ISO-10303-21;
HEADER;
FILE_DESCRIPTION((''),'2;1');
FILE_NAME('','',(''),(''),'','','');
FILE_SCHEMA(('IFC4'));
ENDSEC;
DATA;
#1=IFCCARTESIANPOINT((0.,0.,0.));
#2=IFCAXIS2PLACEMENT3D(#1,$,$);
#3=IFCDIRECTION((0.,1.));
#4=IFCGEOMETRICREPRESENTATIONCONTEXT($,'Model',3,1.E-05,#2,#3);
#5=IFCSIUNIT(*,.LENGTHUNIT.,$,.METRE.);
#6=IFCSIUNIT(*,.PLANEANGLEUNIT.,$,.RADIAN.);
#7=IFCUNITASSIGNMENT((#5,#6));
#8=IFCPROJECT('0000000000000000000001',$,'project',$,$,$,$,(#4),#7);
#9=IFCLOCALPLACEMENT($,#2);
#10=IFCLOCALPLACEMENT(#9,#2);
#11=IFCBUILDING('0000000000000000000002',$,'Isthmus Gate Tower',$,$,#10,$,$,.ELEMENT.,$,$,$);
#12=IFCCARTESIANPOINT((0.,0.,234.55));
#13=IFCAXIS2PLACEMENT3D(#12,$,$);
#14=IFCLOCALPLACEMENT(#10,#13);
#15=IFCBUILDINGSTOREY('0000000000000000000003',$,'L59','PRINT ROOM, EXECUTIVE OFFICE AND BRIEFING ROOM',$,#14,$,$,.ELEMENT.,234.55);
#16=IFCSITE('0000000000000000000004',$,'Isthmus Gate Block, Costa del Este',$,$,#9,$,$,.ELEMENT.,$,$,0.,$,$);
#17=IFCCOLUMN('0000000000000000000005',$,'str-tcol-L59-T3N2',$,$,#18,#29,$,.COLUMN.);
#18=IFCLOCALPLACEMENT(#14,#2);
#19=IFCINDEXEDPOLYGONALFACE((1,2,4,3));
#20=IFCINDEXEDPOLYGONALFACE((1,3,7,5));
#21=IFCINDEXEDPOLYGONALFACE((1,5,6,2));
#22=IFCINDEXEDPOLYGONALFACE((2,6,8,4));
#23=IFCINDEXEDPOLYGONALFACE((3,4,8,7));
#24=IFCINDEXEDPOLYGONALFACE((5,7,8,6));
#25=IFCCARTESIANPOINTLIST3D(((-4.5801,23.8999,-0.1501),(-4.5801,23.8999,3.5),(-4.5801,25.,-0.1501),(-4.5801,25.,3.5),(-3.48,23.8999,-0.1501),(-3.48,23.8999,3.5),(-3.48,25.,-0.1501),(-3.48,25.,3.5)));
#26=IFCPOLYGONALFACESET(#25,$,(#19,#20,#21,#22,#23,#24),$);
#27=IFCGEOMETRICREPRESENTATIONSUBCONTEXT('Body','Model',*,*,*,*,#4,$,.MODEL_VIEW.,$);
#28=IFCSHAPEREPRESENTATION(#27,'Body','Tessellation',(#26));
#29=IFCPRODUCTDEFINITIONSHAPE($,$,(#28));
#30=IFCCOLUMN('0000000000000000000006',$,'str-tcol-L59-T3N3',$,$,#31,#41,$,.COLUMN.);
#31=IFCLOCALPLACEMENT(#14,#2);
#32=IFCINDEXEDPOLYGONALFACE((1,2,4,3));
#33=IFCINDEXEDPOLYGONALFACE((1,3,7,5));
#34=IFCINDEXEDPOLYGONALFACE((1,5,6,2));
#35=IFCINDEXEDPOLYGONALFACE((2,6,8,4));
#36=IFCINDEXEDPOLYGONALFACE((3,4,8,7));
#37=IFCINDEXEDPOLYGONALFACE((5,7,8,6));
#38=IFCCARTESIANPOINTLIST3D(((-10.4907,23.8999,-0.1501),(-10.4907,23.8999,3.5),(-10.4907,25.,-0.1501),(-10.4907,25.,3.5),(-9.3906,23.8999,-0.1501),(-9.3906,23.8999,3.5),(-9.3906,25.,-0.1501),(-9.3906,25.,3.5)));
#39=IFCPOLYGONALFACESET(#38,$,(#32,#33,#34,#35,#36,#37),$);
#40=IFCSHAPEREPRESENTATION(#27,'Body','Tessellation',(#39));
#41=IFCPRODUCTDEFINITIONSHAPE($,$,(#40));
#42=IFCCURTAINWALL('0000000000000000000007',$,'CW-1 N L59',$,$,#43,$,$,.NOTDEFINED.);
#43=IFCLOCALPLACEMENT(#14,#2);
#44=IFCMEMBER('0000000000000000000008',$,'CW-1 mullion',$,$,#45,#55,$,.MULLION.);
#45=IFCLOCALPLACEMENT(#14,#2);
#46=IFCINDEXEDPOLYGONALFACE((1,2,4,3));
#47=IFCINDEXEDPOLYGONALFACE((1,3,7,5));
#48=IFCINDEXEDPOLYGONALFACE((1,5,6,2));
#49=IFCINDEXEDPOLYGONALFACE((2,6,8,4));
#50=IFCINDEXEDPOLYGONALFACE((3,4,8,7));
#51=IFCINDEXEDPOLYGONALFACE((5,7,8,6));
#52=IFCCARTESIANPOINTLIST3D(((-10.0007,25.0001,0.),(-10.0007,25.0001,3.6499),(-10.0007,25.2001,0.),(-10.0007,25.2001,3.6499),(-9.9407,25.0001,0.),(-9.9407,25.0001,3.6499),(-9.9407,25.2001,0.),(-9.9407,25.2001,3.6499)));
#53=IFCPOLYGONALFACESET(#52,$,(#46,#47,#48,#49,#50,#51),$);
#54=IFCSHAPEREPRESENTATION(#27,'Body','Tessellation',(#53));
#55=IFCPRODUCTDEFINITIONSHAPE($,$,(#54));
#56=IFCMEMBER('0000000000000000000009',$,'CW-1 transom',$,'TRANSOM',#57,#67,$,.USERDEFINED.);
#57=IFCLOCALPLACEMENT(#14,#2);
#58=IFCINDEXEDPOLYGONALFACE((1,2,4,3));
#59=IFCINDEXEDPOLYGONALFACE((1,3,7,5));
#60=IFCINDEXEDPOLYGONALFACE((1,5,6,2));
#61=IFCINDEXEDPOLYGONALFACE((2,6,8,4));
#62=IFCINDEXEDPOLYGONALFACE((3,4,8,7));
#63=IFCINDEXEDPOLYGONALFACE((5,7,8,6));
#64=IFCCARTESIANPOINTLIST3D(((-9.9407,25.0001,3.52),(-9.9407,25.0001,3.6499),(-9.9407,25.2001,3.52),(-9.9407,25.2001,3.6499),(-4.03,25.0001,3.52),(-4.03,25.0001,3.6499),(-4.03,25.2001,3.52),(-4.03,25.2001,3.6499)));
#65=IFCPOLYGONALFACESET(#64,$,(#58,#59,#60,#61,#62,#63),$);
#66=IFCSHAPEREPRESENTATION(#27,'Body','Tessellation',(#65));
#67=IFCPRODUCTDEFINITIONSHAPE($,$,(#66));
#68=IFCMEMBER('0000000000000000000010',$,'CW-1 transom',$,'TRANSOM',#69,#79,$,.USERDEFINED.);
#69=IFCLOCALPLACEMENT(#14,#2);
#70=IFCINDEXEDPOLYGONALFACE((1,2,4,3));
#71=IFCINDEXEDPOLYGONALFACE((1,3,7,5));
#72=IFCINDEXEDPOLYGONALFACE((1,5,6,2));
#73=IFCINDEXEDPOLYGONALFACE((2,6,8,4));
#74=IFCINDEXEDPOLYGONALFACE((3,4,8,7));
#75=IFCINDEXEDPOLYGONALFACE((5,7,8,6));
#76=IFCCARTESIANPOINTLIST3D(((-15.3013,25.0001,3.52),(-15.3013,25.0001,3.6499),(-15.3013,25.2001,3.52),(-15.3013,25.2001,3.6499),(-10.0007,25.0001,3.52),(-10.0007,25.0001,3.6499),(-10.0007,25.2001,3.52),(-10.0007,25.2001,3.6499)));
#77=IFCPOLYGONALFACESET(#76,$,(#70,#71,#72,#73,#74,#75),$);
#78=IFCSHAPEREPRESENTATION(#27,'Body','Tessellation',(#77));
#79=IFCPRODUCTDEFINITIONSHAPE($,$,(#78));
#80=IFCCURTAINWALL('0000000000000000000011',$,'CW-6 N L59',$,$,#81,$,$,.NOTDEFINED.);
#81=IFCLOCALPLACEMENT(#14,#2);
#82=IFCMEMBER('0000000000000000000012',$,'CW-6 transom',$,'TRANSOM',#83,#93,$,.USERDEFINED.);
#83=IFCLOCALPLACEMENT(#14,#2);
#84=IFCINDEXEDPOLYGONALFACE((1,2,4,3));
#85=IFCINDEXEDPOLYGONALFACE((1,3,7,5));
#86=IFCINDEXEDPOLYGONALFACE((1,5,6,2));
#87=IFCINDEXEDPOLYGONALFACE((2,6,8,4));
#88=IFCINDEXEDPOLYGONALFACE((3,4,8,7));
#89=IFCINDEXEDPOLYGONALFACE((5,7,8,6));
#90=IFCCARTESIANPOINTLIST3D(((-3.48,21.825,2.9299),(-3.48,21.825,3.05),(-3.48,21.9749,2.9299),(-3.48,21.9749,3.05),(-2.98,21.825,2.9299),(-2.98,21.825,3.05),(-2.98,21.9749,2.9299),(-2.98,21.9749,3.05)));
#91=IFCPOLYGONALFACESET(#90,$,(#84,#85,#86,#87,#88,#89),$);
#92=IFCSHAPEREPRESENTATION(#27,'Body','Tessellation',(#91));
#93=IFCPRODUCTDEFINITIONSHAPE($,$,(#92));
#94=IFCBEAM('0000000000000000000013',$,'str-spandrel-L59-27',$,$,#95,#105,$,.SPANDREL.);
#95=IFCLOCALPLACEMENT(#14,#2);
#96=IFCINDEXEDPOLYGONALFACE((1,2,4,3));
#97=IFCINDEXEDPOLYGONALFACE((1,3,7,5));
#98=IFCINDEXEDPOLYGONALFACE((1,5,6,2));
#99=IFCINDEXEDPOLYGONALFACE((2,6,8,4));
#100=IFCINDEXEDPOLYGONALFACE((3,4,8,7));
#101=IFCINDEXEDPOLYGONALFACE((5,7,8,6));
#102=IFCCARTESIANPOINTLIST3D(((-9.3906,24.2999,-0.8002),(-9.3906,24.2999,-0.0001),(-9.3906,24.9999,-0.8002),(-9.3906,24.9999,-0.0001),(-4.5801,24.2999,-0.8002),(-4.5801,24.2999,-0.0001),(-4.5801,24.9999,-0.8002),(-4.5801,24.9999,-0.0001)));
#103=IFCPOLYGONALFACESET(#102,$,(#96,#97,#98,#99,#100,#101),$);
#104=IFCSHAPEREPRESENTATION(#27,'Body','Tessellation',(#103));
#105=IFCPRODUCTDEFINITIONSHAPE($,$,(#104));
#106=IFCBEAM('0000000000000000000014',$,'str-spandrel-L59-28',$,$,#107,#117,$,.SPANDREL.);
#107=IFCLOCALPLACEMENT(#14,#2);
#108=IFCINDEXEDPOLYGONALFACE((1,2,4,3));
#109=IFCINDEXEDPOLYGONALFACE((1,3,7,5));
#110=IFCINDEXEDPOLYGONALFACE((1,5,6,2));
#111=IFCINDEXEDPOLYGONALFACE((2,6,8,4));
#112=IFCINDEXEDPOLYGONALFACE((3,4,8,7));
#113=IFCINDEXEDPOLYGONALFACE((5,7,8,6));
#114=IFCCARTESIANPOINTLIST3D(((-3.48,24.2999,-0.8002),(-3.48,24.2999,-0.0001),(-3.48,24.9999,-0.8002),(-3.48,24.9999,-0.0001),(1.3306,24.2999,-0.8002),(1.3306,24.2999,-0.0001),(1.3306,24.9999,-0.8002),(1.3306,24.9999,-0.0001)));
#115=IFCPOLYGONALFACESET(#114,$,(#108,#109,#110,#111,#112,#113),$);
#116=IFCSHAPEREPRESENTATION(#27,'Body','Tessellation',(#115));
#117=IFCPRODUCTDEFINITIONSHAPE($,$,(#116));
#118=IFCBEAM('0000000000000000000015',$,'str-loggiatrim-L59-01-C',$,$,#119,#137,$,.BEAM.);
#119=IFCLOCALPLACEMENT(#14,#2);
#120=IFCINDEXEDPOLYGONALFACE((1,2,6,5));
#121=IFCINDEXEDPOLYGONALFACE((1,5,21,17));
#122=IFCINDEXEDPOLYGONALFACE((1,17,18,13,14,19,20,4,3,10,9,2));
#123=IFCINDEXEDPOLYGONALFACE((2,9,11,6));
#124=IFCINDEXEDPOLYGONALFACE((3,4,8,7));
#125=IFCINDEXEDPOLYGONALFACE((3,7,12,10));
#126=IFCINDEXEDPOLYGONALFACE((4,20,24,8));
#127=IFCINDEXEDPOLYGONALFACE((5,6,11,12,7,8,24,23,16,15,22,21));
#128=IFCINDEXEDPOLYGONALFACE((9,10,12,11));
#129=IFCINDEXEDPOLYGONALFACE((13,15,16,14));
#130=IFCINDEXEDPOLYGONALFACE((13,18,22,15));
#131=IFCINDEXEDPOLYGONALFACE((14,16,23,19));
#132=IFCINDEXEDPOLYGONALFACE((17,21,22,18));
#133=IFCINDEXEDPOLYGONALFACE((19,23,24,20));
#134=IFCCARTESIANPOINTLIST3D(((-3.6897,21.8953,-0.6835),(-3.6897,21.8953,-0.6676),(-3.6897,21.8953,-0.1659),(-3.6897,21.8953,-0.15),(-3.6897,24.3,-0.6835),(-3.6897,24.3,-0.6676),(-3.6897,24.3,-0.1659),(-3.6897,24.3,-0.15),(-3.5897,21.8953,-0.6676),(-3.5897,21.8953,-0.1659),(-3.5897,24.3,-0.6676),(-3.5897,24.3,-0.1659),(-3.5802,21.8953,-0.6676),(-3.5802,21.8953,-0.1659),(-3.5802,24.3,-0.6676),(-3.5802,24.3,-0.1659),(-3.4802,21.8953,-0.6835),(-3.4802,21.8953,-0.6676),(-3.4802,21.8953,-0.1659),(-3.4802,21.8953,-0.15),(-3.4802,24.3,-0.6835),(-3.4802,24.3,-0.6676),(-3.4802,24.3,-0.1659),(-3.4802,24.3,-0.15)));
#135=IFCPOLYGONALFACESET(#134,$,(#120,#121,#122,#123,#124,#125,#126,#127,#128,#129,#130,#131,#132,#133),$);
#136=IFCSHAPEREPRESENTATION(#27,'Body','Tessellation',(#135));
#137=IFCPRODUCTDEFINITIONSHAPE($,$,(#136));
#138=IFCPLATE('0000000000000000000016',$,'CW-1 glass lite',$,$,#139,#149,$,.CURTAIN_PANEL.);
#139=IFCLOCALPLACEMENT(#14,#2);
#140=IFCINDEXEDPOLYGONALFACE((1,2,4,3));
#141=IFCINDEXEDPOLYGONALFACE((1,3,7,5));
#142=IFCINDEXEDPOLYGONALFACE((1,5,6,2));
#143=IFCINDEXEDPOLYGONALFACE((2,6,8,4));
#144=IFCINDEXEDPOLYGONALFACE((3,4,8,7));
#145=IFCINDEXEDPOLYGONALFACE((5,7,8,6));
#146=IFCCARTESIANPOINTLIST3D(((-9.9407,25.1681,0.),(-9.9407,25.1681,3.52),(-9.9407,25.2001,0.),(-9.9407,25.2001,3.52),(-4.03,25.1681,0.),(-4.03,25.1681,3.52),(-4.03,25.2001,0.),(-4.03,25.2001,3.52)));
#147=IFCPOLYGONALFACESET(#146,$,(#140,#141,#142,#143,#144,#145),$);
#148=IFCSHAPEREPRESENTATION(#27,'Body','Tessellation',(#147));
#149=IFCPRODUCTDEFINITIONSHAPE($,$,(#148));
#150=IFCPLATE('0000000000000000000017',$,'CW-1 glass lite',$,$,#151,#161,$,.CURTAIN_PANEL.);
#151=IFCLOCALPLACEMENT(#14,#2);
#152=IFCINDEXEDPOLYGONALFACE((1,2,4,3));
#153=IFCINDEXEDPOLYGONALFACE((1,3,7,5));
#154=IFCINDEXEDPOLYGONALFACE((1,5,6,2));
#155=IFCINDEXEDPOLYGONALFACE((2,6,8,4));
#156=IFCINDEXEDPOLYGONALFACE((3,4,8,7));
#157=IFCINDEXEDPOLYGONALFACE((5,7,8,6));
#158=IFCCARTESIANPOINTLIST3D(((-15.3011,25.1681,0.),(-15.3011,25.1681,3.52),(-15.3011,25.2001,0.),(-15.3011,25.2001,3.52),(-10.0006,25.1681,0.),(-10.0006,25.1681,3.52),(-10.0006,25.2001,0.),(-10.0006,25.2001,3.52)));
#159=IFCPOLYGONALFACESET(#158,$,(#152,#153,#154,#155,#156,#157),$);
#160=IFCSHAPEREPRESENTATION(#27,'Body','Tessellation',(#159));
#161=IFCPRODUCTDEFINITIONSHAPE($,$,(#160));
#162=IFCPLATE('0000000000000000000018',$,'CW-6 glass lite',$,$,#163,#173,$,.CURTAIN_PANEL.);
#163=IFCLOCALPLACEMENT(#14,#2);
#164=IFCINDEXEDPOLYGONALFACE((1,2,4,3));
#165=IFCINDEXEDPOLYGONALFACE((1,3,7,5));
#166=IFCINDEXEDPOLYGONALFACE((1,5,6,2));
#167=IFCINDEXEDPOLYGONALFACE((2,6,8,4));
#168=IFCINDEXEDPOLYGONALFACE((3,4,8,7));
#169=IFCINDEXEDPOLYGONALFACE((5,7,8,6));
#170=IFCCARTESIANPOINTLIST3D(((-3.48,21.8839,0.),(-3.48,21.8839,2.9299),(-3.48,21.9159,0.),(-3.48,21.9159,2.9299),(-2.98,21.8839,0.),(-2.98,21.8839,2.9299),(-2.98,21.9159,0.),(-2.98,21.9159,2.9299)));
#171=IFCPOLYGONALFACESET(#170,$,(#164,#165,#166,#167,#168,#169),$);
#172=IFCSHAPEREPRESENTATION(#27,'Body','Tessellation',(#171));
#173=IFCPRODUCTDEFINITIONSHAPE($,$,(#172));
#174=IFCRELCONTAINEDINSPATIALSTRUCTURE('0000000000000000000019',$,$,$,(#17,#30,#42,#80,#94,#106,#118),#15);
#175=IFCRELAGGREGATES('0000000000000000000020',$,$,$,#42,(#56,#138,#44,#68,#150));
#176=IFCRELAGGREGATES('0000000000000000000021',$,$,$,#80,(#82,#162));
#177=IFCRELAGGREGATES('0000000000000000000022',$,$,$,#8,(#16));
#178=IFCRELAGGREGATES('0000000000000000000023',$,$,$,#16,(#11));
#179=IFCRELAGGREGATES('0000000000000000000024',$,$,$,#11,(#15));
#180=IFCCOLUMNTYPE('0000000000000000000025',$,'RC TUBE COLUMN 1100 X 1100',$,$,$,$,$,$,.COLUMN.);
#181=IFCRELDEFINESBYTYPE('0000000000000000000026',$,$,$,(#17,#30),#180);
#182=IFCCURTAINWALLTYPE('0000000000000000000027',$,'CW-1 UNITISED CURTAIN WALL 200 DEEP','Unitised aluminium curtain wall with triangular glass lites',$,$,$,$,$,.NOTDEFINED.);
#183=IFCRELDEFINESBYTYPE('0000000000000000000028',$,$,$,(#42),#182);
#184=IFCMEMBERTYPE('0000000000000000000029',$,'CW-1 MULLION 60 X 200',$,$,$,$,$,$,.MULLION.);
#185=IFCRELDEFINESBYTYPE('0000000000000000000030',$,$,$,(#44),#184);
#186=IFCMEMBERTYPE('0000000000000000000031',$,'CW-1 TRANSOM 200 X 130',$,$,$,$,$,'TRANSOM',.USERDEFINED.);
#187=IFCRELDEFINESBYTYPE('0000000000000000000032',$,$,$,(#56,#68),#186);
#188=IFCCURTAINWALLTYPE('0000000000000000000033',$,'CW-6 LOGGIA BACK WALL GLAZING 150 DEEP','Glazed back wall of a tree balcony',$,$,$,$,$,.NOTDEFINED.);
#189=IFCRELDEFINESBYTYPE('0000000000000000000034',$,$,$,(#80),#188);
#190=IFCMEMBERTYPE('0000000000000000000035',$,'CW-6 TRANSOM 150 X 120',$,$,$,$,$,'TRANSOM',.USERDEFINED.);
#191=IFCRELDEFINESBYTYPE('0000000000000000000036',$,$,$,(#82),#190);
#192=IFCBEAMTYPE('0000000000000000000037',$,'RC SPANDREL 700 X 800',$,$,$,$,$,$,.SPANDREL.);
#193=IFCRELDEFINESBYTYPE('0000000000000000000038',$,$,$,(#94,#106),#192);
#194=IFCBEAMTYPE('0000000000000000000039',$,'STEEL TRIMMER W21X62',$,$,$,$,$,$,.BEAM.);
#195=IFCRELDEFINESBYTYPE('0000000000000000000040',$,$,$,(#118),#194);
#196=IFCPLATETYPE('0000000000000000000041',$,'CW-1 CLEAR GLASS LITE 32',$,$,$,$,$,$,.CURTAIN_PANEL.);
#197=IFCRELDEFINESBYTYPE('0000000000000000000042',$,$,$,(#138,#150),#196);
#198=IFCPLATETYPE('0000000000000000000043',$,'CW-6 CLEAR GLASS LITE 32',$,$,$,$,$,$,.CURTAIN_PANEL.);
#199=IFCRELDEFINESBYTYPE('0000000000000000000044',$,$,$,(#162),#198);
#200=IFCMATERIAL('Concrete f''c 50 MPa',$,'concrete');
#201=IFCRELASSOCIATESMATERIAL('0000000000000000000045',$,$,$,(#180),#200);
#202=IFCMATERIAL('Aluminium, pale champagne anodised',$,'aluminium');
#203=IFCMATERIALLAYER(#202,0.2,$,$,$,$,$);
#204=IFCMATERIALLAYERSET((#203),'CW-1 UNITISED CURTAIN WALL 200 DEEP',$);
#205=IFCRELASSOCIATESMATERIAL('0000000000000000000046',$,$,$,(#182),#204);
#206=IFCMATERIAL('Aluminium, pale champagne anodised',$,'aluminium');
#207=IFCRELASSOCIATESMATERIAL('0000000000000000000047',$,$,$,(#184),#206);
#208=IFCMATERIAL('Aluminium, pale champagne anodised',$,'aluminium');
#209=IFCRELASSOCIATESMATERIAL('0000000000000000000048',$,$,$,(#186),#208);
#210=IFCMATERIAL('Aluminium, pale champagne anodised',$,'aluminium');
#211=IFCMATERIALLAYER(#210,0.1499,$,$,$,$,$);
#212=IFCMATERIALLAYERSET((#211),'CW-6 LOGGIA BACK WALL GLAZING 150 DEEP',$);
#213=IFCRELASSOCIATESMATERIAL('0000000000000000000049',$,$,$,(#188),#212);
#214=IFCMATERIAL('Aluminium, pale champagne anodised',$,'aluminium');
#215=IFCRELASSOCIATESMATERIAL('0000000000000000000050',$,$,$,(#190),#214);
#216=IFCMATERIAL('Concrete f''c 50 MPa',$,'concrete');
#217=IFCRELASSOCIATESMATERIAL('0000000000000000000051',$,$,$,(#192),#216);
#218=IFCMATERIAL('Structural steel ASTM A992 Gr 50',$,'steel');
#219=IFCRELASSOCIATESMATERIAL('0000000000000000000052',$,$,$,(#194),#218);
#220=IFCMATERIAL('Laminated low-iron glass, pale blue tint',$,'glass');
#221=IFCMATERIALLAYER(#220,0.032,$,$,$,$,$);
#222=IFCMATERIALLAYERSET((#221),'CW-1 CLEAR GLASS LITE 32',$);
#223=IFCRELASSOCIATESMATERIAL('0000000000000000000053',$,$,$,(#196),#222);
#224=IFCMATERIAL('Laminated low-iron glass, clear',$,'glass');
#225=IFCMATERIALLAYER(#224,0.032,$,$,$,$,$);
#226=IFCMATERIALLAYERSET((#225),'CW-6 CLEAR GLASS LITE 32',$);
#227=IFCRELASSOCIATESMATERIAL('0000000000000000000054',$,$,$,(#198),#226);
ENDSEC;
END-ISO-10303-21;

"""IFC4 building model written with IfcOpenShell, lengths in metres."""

from ifc_helpers import new_model, si_unit, direction, frame, origin, origin_2d, place, context, subcontext, project, spatial, rectangle, i_section, extrude, material, layer, layer_set, material_profile, profile_set, type_object, element, aggregate, save


model = new_model("IFC4")

# Units and contexts
model_context = context("Model", 3, precision=1e-05, world=origin(), true_north=direction((0.0, 1.0)))
body_context = subcontext(model_context, "Body", "Model", "MODEL_VIEW")
ifc_project = project(units=[si_unit("LENGTHUNIT", "METRE"), si_unit("PLANEANGLEUNIT", "RADIAN")], contexts=[model_context])

# Site, building, storey
site_placement = place(None, origin())
site = spatial("IfcSite", under=ifc_project, at=site_placement, Name="Isthmus Gate Block, Costa del Este", CompositionType="ELEMENT", RefElevation=0.0)
building_placement = place(site_placement, origin())
building = spatial("IfcBuilding", under=site, at=building_placement, Name="Isthmus Gate Tower", CompositionType="ELEMENT")
storey_placement = place(building_placement, frame((0.0, 0.0, 234.55)))
storey = spatial("IfcBuildingStorey", under=building, at=storey_placement, Name="L59", Description="PRINT ROOM, EXECUTIVE OFFICE AND BRIEFING ROOM", CompositionType="ELEMENT", Elevation=234.55)

# Columns
ifc_material_1 = material(Name="Concrete f'c 50 MPa", Category="concrete")
ifc_material_profile_1 = material_profile(ifc_material_1, rectangle(XDim=1.1001, YDim=1.1001, at=origin_2d()), Name="RC 1100X1100")
ifc_profile_set_1 = profile_set([ifc_material_profile_1], Name="Concrete f'c 50 MPa")
column_type = type_object("IfcColumnType", Name="RC TUBE COLUMN 1100 X 1100", PredefinedType="COLUMN", material=ifc_profile_set_1)
for number, where, z_axis, x_axis, name in (
    (1, (-4.03, 24.45, -0.1501), (0.0, 0.0, 1.0), (-1.0, 0.0, 0.0), "str-tcol-L59-T3N2"),
    (2, (-9.9407, 24.45, -0.1501), (0.0, 0.0, 1.0), (-1.0, 0.0, 0.0), "str-tcol-L59-T3N3"),
):
    element("IfcColumn", number, at=place(storey_placement, frame(where, z_axis=z_axis, x_axis=x_axis)), inside=storey, type_object=column_type, Name=name, PredefinedType="COLUMN", context=body_context, shape_type="SweptSolid", body=[
        extrude(rectangle(XDim=1.1001, YDim=1.1001, at=origin_2d()), origin(), (0.0, 0.0, 1.0), 3.6501),
    ])

# Curtain wall, members
ifc_material_2 = material(Name="Aluminium, pale champagne anodised", Category="aluminium")
ifc_layer_1 = layer(ifc_material_2, 0.2)
ifc_layer_set_1 = layer_set([ifc_layer_1], Name="CW-1 UNITISED CURTAIN WALL 200 DEEP")
curtain_wall_type_1 = type_object("IfcCurtainWallType", Name="CW-1 UNITISED CURTAIN WALL 200 DEEP", Description="Unitised aluminium curtain wall with triangular glass lites", PredefinedType="NOTDEFINED", material=ifc_layer_set_1)
curtain_wall_1_placement = place(storey_placement, origin())
curtain_wall_1 = element("IfcCurtainWall", 3, at=curtain_wall_1_placement, inside=storey, type_object=curtain_wall_type_1, Name="CW-1 N L59", PredefinedType="NOTDEFINED")
ifc_material_3 = material(Name="Aluminium, pale champagne anodised", Category="aluminium")
ifc_material_profile_2 = material_profile(ifc_material_3, rectangle(XDim=0.0601, YDim=0.2, at=origin_2d()), Name="60x200")
ifc_profile_set_2 = profile_set([ifc_material_profile_2], Name="Aluminium, pale champagne anodised")
member_type_1 = type_object("IfcMemberType", Name="CW-1 MULLION 60 X 200", PredefinedType="MULLION", material=ifc_profile_set_2)
member_1_placement = place(storey_placement, frame((-9.9707, 25.1001, 0.0), z_axis=(0.0, 0.0, 1.0), x_axis=(-1.0, 0.0, 0.0)))
member_1 = element("IfcMember", 4, at=member_1_placement, type_object=member_type_1, Name="CW-1 mullion", PredefinedType="MULLION", context=body_context, shape_type="SweptSolid", body=[
    extrude(rectangle(XDim=0.0601, YDim=0.2, at=origin_2d()), origin(), (0.0, 0.0, 1.0), 3.6499),
])
ifc_material_4 = material(Name="Aluminium, pale champagne anodised", Category="aluminium")
ifc_material_profile_3 = material_profile(ifc_material_4, rectangle(XDim=0.2, YDim=0.1299, at=origin_2d()), Name="200x130")
ifc_profile_set_3 = profile_set([ifc_material_profile_3], Name="Aluminium, pale champagne anodised")
member_type_2 = type_object("IfcMemberType", Name="CW-1 TRANSOM 200 X 130", ElementType="TRANSOM", PredefinedType="USERDEFINED", material=ifc_profile_set_3)
member_2_placement = place(storey_placement, frame((-4.03, 25.1001, 3.585), z_axis=(-1.0, 0.0, 0.0), x_axis=(0.0, -1.0, 0.0)))
member_2 = element("IfcMember", 5, at=member_2_placement, type_object=member_type_2, Name="CW-1 transom", ObjectType="TRANSOM", PredefinedType="USERDEFINED", context=body_context, shape_type="SweptSolid", body=[
    extrude(rectangle(XDim=0.2, YDim=0.1299, at=origin_2d()), origin(), (0.0, 0.0, 1.0), 5.9106),
])
member_3_placement = place(storey_placement, frame((-10.0007, 25.1001, 3.585), z_axis=(-1.0, 0.0, 0.0), x_axis=(0.0, -1.0, 0.0)))
member_3 = element("IfcMember", 6, at=member_3_placement, type_object=member_type_2, Name="CW-1 transom", ObjectType="TRANSOM", PredefinedType="USERDEFINED", context=body_context, shape_type="SweptSolid", body=[
    extrude(rectangle(XDim=0.2, YDim=0.1299, at=origin_2d()), origin(), (0.0, 0.0, 1.0), 5.3005),
])

# Curtain wall, member
ifc_material_5 = material(Name="Aluminium, pale champagne anodised", Category="aluminium")
ifc_layer_2 = layer(ifc_material_5, 0.1499)
ifc_layer_set_2 = layer_set([ifc_layer_2], Name="CW-6 LOGGIA BACK WALL GLAZING 150 DEEP")
curtain_wall_type_2 = type_object("IfcCurtainWallType", Name="CW-6 LOGGIA BACK WALL GLAZING 150 DEEP", Description="Glazed back wall of a tree balcony", PredefinedType="NOTDEFINED", material=ifc_layer_set_2)
curtain_wall_2_placement = place(storey_placement, origin())
curtain_wall_2 = element("IfcCurtainWall", 7, at=curtain_wall_2_placement, inside=storey, type_object=curtain_wall_type_2, Name="CW-6 N L59", PredefinedType="NOTDEFINED")
ifc_material_6 = material(Name="Aluminium, pale champagne anodised", Category="aluminium")
ifc_material_profile_4 = material_profile(ifc_material_6, rectangle(XDim=0.1499, YDim=0.1201, at=origin_2d()), Name="150x120")
ifc_profile_set_4 = profile_set([ifc_material_profile_4], Name="Aluminium, pale champagne anodised")
member_type_3 = type_object("IfcMemberType", Name="CW-6 TRANSOM 150 X 120", ElementType="TRANSOM", PredefinedType="USERDEFINED", material=ifc_profile_set_4)
member_4_placement = place(storey_placement, frame((-2.98, 21.8999, 2.99), z_axis=(-1.0, 0.0, 0.0), x_axis=(0.0, -1.0, 0.0)))
member_4 = element("IfcMember", 8, at=member_4_placement, type_object=member_type_3, Name="CW-6 transom", ObjectType="TRANSOM", PredefinedType="USERDEFINED", context=body_context, shape_type="SweptSolid", body=[
    extrude(rectangle(XDim=0.1499, YDim=0.1201, at=origin_2d()), origin(), (0.0, 0.0, 1.0), 0.5),
])

# Beams
ifc_material_7 = material(Name="Concrete f'c 50 MPa", Category="concrete")
ifc_material_profile_5 = material_profile(ifc_material_7, rectangle(XDim=0.7, YDim=0.8, at=origin_2d()), Name="RC 700X800")
ifc_profile_set_5 = profile_set([ifc_material_profile_5], Name="Concrete f'c 50 MPa")
beam_type_1 = type_object("IfcBeamType", Name="RC SPANDREL 700 X 800", PredefinedType="SPANDREL", material=ifc_profile_set_5)
for number, where, z_axis, x_axis, name in (
    (9, (-9.3906, 24.6499, -0.4001), (1.0, 0.0, 0.0), (0.0, 1.0, 0.0), "str-spandrel-L59-27"),
    (10, (-3.48, 24.6499, -0.4001), (1.0, 0.0, 0.0), (0.0, 1.0, 0.0), "str-spandrel-L59-28"),
):
    element("IfcBeam", number, at=place(storey_placement, frame(where, z_axis=z_axis, x_axis=x_axis)), inside=storey, type_object=beam_type_1, Name=name, PredefinedType="SPANDREL", context=body_context, shape_type="SweptSolid", body=[
        extrude(rectangle(XDim=0.7, YDim=0.8, at=origin_2d()), origin(), (0.0, 0.0, 1.0), 4.8105),
    ])
ifc_material_8 = material(Name="Structural steel ASTM A992 Gr 50", Category="steel")
ifc_material_profile_6 = material_profile(ifc_material_8, i_section(OverallWidth=0.2095, OverallDepth=0.5334, WebThickness=0.0095, FlangeThickness=0.0159, at=origin_2d()), Name="W21X62")
ifc_profile_set_6 = profile_set([ifc_material_profile_6], Name="Structural steel ASTM A992 Gr 50")
beam_type_2 = type_object("IfcBeamType", Name="STEEL TRIMMER W21X62", PredefinedType="BEAM", material=ifc_profile_set_6)
beam_placement = place(storey_placement, frame((-3.585, 24.3, -0.4167), z_axis=(0.0, -1.0, 0.0), x_axis=(1.0, 0.0, 0.0)))
element("IfcBeam", 11, at=beam_placement, inside=storey, type_object=beam_type_2, Name="str-loggiatrim-L59-01-C", PredefinedType="BEAM", context=body_context, shape_type="SweptSolid", body=[
    extrude(i_section(OverallWidth=0.2095, OverallDepth=0.5334, WebThickness=0.0095, FlangeThickness=0.0159, at=origin_2d()), origin(), (0.0, 0.0, 1.0), 2.4048),
])

# Plates
ifc_material_9 = material(Name="Laminated low-iron glass, pale blue tint", Category="glass")
ifc_layer_3 = layer(ifc_material_9, 0.032)
ifc_layer_set_3 = layer_set([ifc_layer_3], Name="CW-1 CLEAR GLASS LITE 32")
plate_type_1 = type_object("IfcPlateType", Name="CW-1 CLEAR GLASS LITE 32", PredefinedType="CURTAIN_PANEL", material=ifc_layer_set_3)
plate_1_placement = place(storey_placement, frame((-6.9854, 25.1841, 0.0), z_axis=(0.0, 0.0, 1.0), x_axis=(-1.0, 0.0, 0.0)))
plate_1 = element("IfcPlate", 12, at=plate_1_placement, type_object=plate_type_1, Name="CW-1 glass lite", PredefinedType="CURTAIN_PANEL", context=body_context, shape_type="SweptSolid", body=[
    extrude(rectangle(XDim=5.9106, YDim=0.032, at=origin_2d()), origin(), (0.0, 0.0, 1.0), 3.52),
])
plate_2_placement = place(storey_placement, frame((-12.6509, 25.1841, 0.0), z_axis=(0.0, 0.0, 1.0), x_axis=(-1.0, 0.0, 0.0)))
plate_2 = element("IfcPlate", 13, at=plate_2_placement, type_object=plate_type_1, Name="CW-1 glass lite", PredefinedType="CURTAIN_PANEL", context=body_context, shape_type="SweptSolid", body=[
    extrude(rectangle(XDim=5.3005, YDim=0.032, at=origin_2d()), origin(), (0.0, 0.0, 1.0), 3.52),
])
aggregate(curtain_wall_1, [member_2, plate_1, member_1, member_3, plate_2])
ifc_material_10 = material(Name="Laminated low-iron glass, clear", Category="glass")
ifc_layer_4 = layer(ifc_material_10, 0.032)
ifc_layer_set_4 = layer_set([ifc_layer_4], Name="CW-6 CLEAR GLASS LITE 32")
plate_type_2 = type_object("IfcPlateType", Name="CW-6 CLEAR GLASS LITE 32", PredefinedType="CURTAIN_PANEL", material=ifc_layer_set_4)
plate_3_placement = place(storey_placement, frame((-3.23, 21.8999, 0.0), z_axis=(0.0, 0.0, 1.0), x_axis=(-1.0, 0.0, 0.0)))
plate_3 = element("IfcPlate", 14, at=plate_3_placement, type_object=plate_type_2, Name="CW-6 glass lite", PredefinedType="CURTAIN_PANEL", context=body_context, shape_type="SweptSolid", body=[
    extrude(rectangle(XDim=0.5, YDim=0.032, at=origin_2d()), origin(), (0.0, 0.0, 1.0), 2.9299),
])
aggregate(curtain_wall_2, [member_4, plate_3])

save(model, "model.ifc")
